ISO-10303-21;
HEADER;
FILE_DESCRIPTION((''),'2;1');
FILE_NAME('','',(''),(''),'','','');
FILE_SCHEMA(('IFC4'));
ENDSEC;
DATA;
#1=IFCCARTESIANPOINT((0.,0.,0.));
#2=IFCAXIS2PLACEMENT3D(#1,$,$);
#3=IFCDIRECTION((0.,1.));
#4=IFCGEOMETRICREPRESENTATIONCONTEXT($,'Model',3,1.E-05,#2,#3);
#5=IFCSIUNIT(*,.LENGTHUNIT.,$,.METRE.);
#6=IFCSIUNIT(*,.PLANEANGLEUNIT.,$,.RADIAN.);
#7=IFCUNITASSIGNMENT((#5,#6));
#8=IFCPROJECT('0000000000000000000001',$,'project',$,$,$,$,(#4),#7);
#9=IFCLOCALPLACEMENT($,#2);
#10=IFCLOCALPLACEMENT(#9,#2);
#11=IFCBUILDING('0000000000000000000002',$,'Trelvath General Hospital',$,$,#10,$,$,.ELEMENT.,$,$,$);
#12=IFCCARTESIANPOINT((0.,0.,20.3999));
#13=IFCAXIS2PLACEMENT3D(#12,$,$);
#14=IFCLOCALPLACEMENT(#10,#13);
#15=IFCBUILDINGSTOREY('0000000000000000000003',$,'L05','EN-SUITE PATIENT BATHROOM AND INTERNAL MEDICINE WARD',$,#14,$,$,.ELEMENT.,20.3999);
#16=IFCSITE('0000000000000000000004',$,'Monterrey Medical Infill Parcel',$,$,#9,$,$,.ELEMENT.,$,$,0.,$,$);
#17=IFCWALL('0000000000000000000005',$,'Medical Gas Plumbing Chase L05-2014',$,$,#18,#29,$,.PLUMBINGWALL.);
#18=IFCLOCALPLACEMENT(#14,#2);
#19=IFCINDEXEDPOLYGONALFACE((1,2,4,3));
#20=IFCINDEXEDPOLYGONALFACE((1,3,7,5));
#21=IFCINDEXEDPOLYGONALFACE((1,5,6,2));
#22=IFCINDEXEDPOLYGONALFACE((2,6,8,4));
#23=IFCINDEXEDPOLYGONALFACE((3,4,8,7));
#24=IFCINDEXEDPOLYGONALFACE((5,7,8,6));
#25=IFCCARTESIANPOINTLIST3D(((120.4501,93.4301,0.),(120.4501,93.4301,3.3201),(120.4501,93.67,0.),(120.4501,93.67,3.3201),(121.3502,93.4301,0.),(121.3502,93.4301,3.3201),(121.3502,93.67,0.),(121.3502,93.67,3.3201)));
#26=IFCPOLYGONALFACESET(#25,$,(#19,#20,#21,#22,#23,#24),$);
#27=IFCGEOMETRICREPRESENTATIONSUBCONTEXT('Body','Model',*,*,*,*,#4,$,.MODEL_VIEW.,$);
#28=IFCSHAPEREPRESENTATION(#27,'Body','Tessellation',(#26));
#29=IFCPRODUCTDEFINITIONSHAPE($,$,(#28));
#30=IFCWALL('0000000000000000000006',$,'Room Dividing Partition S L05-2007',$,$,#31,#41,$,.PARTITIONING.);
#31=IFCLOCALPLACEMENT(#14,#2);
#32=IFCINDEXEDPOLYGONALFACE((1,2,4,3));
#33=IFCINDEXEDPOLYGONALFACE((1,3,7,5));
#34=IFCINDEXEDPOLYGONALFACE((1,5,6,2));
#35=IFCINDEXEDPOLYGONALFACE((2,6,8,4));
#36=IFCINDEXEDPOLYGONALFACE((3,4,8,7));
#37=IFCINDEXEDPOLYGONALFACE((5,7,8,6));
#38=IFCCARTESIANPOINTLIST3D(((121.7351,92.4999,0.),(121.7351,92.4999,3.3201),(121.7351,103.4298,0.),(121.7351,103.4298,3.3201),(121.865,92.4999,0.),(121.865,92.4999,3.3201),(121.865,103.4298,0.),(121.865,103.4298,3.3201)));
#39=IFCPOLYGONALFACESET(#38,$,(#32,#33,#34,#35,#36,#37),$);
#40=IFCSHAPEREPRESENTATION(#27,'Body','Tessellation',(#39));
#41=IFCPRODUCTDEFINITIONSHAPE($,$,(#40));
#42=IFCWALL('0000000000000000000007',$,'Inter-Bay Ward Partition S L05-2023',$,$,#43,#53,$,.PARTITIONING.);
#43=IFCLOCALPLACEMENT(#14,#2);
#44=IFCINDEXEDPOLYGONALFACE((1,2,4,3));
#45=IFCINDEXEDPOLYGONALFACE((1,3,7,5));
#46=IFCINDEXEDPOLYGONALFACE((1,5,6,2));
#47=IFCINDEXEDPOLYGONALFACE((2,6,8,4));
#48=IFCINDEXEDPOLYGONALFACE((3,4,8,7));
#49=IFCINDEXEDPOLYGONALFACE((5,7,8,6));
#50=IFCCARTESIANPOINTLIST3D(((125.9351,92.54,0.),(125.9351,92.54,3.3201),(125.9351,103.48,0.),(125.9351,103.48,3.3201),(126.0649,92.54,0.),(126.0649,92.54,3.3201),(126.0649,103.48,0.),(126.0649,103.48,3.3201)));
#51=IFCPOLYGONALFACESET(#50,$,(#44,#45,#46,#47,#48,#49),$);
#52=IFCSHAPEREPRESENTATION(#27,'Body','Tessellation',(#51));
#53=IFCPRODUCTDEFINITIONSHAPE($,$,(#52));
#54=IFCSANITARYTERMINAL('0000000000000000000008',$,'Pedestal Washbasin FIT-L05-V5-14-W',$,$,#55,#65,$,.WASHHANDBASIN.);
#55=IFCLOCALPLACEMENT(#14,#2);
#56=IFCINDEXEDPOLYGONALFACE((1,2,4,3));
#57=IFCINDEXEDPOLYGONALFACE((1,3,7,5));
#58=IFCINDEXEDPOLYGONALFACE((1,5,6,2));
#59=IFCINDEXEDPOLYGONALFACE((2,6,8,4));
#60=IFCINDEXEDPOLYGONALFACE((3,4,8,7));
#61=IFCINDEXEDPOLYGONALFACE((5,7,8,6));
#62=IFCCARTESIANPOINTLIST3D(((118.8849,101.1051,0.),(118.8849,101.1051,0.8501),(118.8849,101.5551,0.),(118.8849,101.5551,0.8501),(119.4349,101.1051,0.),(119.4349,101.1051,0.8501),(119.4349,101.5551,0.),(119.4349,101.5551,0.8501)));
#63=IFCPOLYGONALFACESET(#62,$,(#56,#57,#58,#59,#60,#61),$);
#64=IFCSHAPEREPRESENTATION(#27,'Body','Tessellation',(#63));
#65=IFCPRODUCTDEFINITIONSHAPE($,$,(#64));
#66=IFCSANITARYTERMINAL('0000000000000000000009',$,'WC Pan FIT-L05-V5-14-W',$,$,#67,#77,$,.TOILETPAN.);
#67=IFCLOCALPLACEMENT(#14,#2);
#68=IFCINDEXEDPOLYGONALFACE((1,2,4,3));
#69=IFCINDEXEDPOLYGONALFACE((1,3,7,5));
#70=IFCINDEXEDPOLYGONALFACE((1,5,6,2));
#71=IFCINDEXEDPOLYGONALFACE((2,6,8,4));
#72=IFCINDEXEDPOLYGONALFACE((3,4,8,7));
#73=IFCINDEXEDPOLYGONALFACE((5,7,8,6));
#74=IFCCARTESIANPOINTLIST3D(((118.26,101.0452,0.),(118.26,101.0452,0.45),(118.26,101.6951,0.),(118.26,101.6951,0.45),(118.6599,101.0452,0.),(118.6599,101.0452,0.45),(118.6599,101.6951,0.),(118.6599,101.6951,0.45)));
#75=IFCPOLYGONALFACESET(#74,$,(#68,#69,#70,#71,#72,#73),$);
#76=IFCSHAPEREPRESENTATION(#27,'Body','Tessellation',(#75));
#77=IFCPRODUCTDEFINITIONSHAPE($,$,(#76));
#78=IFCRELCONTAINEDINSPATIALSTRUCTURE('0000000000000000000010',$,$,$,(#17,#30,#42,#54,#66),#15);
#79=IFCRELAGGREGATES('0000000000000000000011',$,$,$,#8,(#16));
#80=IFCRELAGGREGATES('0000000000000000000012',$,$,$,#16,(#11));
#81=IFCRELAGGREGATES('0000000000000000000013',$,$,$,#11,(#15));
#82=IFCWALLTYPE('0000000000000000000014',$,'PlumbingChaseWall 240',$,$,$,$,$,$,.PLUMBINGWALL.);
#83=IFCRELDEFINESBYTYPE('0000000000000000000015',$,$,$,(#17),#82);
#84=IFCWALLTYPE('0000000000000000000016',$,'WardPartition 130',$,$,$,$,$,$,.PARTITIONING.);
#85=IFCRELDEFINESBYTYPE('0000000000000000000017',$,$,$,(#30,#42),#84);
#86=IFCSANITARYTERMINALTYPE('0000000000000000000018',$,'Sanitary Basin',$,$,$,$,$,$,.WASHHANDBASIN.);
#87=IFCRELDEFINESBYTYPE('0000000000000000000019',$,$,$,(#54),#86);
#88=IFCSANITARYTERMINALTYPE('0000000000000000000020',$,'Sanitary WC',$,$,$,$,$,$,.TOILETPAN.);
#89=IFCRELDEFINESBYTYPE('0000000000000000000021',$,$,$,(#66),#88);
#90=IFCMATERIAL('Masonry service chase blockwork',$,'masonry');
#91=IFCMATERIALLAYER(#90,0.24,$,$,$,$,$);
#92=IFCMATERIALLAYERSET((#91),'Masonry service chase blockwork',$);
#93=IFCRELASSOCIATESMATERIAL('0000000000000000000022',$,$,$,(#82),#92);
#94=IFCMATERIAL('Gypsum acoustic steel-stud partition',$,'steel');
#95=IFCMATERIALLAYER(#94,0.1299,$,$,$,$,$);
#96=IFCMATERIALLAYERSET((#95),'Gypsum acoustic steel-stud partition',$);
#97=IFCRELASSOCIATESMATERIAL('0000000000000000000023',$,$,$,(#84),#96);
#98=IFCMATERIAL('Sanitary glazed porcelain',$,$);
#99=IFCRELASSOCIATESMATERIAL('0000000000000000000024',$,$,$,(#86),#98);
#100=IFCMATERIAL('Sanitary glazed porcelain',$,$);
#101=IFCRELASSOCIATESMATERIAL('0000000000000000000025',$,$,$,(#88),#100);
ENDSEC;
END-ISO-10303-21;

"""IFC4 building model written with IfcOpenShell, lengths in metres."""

from ifc_helpers import new_model, si_unit, direction, frame, frame_2d, origin, origin_2d, place, context, subcontext, project, spatial, rectangle, extrude, material, layer, layer_set, type_object, element, save


model = new_model("IFC4")

# Units and contexts
model_context = context("Model", 3, precision=1e-05, world=origin(), true_north=direction((0.0, 1.0)))
body_context = subcontext(model_context, "Body", "Model", "MODEL_VIEW")
ifc_project = project(units=[si_unit("LENGTHUNIT", "METRE"), si_unit("PLANEANGLEUNIT", "RADIAN")], contexts=[model_context])

# Site, building, storey
site_placement = place(None, origin())
site = spatial("IfcSite", under=ifc_project, at=site_placement, Name="Monterrey Medical Infill Parcel", CompositionType="ELEMENT", RefElevation=0.0)
building_placement = place(site_placement, origin())
building = spatial("IfcBuilding", under=site, at=building_placement, Name="Trelvath General Hospital", CompositionType="ELEMENT")
storey_placement = place(building_placement, frame((0.0, 0.0, 20.3999)))
storey = spatial("IfcBuildingStorey", under=building, at=storey_placement, Name="L05", Description="EN-SUITE PATIENT BATHROOM AND INTERNAL MEDICINE WARD", CompositionType="ELEMENT", Elevation=20.3999)

# Walls
ifc_material_1 = material(Name="Masonry service chase blockwork", Category="masonry")
ifc_layer_1 = layer(ifc_material_1, 0.24)
ifc_layer_set_1 = layer_set([ifc_layer_1], Name="Masonry service chase blockwork")
wall_type_1 = type_object("IfcWallType", Name="PlumbingChaseWall 240", PredefinedType="PLUMBINGWALL", material=ifc_layer_set_1)
wall_1_placement = place(storey_placement, frame((120.45, 93.55, 0.0), z_axis=(0.0, 0.0, 1.0), x_axis=(1.0, 0.0, 0.0)))
element("IfcWall", 1, at=wall_1_placement, inside=storey, type_object=wall_type_1, Name="Medical Gas Plumbing Chase L05-2014", PredefinedType="PLUMBINGWALL", context=body_context, shape_type="SweptSolid", body=[
    extrude(rectangle(XDim=0.9001, YDim=0.24, at=frame_2d((0.4502, 0.0))), origin(), (0.0, 0.0, 1.0), 3.3201),
])
ifc_material_2 = material(Name="Gypsum acoustic steel-stud partition", Category="steel")
ifc_layer_2 = layer(ifc_material_2, 0.1299)
ifc_layer_set_2 = layer_set([ifc_layer_2], Name="Gypsum acoustic steel-stud partition")
wall_type_2 = type_object("IfcWallType", Name="WardPartition 130", PredefinedType="PARTITIONING", material=ifc_layer_set_2)
wall_2_placement = place(storey_placement, frame((121.8, 92.5, 0.0), z_axis=(0.0, 0.0, 1.0), x_axis=(0.0, 1.0, 0.0)))
element("IfcWall", 2, at=wall_2_placement, inside=storey, type_object=wall_type_2, Name="Room Dividing Partition S L05-2007", PredefinedType="PARTITIONING", context=body_context, shape_type="SweptSolid", body=[
    extrude(rectangle(XDim=10.9299, YDim=0.1299, at=frame_2d((5.4648, 0.0))), origin(), (0.0, 0.0, 1.0), 3.3201),
])
wall_3_placement = place(storey_placement, frame((126.0, 92.54, 0.0), z_axis=(0.0, 0.0, 1.0), x_axis=(0.0, 1.0, 0.0)))
element("IfcWall", 3, at=wall_3_placement, inside=storey, type_object=wall_type_2, Name="Inter-Bay Ward Partition S L05-2023", PredefinedType="PARTITIONING", context=body_context, shape_type="SweptSolid", body=[
    extrude(rectangle(XDim=10.9399, YDim=0.1299, at=frame_2d((5.47, 0.0))), origin(), (0.0, 0.0, 1.0), 3.3201),
])

# Sanitary terminals
ifc_material_3 = material(Name="Sanitary glazed porcelain")
sanitary_terminal_type_1 = type_object("IfcSanitaryTerminalType", Name="Sanitary Basin", PredefinedType="WASHHANDBASIN", material=ifc_material_3)
sanitary_terminal_1_placement = place(storey_placement, frame((119.1599, 101.3301, 0.0), z_axis=(0.0, 0.0, 1.0), x_axis=(1.0, 0.0, 0.0)))
element("IfcSanitaryTerminal", 4, at=sanitary_terminal_1_placement, inside=storey, type_object=sanitary_terminal_type_1, Name="Pedestal Washbasin FIT-L05-V5-14-W", PredefinedType="WASHHANDBASIN", context=body_context, shape_type="SweptSolid", body=[
    extrude(rectangle(XDim=0.55, YDim=0.45, at=origin_2d()), origin(), (0.0, 0.0, 1.0), 0.8501),
])
ifc_material_4 = material(Name="Sanitary glazed porcelain")
sanitary_terminal_type_2 = type_object("IfcSanitaryTerminalType", Name="Sanitary WC", PredefinedType="TOILETPAN", material=ifc_material_4)
sanitary_terminal_2_placement = place(storey_placement, frame((118.46, 101.3701, 0.0), z_axis=(0.0, 0.0, 1.0), x_axis=(1.0, 0.0, 0.0)))
element("IfcSanitaryTerminal", 5, at=sanitary_terminal_2_placement, inside=storey, type_object=sanitary_terminal_type_2, Name="WC Pan FIT-L05-V5-14-W", PredefinedType="TOILETPAN", context=body_context, shape_type="SweptSolid", body=[
    extrude(rectangle(XDim=0.3999, YDim=0.6499, at=origin_2d()), origin(), (0.0, 0.0, 1.0), 0.45),
])

save(model, "model.ifc")
